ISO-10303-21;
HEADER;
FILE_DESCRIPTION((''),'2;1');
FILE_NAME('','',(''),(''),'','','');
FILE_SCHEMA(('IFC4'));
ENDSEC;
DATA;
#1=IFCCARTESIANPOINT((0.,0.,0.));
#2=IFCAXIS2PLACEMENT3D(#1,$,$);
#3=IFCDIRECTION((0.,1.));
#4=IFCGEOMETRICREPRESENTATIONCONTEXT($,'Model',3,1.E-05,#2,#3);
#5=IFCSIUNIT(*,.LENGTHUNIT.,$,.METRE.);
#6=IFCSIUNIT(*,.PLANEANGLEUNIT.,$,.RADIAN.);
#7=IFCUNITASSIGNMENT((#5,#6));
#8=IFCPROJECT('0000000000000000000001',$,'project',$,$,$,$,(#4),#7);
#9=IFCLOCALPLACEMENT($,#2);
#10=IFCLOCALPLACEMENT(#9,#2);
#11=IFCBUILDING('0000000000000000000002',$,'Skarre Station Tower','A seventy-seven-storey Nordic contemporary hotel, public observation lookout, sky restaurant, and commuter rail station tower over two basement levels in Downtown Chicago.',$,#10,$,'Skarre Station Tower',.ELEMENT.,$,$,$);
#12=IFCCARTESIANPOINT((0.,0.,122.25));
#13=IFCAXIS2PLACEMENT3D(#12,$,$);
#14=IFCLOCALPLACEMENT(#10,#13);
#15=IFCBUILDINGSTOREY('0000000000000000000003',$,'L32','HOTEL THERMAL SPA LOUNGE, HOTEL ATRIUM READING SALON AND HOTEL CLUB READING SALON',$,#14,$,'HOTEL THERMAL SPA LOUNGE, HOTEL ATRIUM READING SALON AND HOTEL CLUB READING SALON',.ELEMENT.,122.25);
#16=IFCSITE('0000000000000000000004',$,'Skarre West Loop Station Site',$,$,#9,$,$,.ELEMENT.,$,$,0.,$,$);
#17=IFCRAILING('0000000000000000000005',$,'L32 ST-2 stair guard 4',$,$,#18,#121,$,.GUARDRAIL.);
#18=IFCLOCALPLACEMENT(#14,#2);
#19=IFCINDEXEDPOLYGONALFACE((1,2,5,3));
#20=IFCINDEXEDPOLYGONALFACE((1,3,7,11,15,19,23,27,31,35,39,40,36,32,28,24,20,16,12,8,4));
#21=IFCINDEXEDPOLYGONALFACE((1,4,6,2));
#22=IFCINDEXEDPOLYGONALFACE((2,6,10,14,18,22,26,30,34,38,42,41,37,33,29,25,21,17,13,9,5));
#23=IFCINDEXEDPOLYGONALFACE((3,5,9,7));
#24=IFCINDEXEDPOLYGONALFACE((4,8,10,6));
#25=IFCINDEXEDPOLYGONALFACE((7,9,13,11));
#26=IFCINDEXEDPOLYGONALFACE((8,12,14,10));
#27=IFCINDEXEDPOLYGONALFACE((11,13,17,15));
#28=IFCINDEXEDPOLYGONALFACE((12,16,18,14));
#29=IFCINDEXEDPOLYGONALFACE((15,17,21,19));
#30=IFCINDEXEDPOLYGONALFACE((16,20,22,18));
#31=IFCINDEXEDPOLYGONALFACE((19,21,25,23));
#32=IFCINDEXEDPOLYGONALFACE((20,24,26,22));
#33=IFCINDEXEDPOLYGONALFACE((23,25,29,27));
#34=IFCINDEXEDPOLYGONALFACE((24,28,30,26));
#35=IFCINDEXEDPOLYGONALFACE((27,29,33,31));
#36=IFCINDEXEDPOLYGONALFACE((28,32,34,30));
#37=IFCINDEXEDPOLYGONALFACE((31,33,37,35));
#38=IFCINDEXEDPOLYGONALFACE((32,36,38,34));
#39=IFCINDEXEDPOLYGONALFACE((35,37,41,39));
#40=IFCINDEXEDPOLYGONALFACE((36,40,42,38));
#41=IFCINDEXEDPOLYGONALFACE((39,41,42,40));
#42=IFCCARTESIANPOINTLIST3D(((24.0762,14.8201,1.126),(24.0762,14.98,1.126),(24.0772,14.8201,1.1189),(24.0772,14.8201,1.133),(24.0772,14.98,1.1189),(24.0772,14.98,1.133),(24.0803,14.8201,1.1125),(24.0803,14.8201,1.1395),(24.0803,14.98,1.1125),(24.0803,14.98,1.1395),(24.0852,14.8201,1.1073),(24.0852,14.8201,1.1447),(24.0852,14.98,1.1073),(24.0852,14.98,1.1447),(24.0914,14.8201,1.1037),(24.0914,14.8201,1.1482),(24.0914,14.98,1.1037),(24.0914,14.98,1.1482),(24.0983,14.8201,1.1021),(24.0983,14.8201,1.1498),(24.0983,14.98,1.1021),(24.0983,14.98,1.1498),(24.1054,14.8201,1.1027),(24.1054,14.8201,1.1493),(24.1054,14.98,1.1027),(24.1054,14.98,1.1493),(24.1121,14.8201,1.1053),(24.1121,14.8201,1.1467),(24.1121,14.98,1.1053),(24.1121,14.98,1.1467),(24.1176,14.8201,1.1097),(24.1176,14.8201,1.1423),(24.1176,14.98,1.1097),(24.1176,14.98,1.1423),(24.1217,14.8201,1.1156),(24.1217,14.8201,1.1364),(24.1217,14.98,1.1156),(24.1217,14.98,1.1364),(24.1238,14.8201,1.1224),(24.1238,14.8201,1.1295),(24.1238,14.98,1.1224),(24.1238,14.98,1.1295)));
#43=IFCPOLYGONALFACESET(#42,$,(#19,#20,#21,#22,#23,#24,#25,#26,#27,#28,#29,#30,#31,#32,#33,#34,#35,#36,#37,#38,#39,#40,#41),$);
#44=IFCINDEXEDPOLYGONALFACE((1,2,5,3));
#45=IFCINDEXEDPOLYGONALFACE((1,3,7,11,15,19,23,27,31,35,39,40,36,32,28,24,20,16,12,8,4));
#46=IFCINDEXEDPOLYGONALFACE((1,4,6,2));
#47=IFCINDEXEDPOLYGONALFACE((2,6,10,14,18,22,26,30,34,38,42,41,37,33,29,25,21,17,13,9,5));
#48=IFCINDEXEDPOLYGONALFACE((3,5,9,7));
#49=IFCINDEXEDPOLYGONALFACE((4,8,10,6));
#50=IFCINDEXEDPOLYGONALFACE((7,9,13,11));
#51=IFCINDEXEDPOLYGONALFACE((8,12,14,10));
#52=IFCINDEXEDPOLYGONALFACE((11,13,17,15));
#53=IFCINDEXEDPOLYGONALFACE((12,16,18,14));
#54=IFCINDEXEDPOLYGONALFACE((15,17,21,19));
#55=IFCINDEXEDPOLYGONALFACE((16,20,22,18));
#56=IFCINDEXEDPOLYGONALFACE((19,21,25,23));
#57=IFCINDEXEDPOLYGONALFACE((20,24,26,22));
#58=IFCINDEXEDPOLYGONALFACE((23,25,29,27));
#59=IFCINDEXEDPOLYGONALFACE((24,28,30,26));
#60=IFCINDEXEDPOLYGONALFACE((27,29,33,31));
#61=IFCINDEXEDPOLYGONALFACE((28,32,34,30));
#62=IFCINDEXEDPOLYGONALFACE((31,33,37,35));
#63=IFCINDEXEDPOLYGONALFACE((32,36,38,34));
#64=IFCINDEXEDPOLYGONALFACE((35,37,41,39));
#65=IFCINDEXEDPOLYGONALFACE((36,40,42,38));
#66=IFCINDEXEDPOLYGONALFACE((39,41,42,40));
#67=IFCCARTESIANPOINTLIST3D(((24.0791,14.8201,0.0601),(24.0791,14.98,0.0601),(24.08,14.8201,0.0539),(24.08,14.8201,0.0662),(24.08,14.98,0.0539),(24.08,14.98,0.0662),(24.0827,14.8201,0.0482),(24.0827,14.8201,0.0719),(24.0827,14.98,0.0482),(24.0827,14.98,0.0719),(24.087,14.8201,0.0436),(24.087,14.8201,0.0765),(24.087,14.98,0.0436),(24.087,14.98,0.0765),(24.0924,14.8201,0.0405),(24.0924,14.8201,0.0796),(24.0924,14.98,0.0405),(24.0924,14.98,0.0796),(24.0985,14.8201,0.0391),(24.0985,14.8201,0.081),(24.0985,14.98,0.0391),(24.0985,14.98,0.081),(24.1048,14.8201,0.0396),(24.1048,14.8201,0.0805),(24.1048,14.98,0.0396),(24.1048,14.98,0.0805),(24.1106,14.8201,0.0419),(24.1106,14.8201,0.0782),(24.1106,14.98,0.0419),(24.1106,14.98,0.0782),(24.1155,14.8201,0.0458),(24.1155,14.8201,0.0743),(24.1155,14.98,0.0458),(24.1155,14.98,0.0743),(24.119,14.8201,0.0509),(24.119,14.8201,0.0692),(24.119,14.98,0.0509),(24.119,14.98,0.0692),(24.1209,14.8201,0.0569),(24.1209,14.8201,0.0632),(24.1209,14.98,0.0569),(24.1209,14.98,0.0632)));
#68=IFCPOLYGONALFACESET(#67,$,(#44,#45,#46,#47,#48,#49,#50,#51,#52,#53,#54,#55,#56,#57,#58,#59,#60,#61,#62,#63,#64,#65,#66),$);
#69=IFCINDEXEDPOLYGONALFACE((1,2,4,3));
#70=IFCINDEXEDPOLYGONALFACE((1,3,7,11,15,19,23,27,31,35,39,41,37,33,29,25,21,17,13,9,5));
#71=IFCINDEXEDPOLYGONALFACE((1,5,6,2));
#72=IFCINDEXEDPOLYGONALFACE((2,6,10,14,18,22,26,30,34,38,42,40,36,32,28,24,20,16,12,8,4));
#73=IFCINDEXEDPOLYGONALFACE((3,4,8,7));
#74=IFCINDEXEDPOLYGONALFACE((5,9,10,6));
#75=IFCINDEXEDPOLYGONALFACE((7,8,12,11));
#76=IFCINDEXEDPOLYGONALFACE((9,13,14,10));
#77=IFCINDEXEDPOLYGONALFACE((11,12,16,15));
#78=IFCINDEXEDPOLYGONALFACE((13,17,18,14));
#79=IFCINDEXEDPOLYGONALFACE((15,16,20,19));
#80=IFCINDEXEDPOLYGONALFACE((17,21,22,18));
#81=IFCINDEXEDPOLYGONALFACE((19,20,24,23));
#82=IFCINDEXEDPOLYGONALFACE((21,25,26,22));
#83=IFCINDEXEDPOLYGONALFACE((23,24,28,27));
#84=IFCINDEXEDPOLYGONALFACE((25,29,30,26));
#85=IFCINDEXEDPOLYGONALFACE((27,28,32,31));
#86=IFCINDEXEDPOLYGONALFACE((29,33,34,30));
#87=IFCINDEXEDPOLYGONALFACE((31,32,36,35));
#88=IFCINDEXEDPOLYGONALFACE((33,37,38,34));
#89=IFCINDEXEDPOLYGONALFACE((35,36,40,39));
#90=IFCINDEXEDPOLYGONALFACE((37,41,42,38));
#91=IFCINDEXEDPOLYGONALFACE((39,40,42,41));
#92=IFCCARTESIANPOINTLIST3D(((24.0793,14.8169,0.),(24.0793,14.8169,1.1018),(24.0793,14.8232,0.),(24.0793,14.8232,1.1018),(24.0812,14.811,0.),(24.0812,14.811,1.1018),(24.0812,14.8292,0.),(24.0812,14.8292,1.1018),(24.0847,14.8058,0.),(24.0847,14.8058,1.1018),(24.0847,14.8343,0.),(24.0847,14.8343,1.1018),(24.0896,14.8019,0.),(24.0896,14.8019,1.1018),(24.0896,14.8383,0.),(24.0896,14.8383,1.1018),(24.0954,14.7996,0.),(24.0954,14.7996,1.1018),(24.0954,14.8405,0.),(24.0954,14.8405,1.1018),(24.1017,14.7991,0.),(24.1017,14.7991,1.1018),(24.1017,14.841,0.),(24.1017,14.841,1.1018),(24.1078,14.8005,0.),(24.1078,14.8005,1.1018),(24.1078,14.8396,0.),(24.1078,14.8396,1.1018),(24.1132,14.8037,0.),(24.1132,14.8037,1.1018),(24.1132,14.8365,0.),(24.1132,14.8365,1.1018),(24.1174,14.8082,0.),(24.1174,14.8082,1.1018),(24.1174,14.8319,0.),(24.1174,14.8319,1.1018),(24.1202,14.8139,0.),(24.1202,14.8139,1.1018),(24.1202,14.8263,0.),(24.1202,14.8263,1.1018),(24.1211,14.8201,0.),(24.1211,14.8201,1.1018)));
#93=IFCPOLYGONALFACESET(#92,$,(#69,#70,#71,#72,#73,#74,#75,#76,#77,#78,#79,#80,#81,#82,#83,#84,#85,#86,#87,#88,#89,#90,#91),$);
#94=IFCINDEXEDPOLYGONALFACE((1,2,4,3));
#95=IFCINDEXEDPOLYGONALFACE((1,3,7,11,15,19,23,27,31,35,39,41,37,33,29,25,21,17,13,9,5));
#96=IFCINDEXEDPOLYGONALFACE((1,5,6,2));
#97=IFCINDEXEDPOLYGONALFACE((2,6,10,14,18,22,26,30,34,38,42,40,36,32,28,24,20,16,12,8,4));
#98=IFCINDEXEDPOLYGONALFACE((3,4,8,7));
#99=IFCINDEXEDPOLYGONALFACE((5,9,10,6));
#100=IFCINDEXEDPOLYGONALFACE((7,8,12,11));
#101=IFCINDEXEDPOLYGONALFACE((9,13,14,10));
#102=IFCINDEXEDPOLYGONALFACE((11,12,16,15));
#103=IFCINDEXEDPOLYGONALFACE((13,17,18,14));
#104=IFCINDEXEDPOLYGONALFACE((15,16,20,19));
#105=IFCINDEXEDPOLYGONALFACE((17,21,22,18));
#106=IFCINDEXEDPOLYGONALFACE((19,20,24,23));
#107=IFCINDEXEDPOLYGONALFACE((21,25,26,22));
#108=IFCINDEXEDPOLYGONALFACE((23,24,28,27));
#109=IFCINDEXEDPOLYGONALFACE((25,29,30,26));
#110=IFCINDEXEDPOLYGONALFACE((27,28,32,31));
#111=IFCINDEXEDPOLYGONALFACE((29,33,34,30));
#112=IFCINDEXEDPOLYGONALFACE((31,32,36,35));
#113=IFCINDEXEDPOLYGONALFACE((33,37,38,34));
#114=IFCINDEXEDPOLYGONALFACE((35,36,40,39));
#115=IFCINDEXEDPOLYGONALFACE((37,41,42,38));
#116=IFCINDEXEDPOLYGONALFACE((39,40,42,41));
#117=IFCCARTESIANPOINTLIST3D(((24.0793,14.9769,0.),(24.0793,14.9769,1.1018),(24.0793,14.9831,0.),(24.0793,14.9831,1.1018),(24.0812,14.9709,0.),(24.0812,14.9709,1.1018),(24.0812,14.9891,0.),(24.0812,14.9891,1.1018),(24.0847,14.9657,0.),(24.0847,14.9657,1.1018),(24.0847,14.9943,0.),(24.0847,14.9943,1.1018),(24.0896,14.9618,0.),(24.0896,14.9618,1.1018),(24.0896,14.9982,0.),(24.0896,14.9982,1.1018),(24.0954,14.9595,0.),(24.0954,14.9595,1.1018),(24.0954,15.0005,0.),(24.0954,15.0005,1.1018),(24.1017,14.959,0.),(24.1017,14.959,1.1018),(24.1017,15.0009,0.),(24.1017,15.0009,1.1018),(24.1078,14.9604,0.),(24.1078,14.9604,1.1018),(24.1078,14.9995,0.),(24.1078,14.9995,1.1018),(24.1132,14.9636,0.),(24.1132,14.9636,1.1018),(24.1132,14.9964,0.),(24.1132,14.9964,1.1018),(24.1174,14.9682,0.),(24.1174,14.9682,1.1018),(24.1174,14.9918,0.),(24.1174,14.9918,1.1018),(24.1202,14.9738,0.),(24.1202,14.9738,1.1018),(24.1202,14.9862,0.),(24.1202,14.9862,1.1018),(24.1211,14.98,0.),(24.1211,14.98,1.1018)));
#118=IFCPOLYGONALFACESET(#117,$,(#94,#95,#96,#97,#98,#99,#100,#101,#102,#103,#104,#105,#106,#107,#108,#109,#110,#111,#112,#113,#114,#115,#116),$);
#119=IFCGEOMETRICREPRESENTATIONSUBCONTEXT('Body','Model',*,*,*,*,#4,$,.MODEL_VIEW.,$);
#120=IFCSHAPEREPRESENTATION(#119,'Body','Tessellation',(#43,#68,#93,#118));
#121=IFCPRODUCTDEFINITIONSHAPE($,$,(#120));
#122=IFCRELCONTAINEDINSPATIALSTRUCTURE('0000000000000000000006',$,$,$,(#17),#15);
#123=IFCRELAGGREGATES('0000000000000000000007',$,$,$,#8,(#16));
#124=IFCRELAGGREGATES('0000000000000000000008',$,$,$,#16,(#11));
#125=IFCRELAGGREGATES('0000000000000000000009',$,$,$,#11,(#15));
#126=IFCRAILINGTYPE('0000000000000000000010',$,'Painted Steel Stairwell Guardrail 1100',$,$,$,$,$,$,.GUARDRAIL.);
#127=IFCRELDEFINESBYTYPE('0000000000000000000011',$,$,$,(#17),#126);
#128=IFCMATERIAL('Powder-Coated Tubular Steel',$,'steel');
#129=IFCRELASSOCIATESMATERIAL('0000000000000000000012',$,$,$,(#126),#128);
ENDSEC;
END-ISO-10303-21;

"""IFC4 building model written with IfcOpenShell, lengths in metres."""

from ifc_helpers import new_model, si_unit, direction, frame, origin, origin_2d, place, context, subcontext, project, spatial, circle, extrude, material, type_object, element, save


model = new_model("IFC4")

# Units and contexts
model_context = context("Model", 3, precision=1e-05, world=origin(), true_north=direction((0.0, 1.0)))
body_context = subcontext(model_context, "Body", "Model", "MODEL_VIEW")
ifc_project = project(units=[si_unit("LENGTHUNIT", "METRE"), si_unit("PLANEANGLEUNIT", "RADIAN")], contexts=[model_context])

# Site, building, storey
site_placement = place(None, origin())
site = spatial("IfcSite", under=ifc_project, at=site_placement, Name="Skarre West Loop Station Site", CompositionType="ELEMENT", RefElevation=0.0)
building_placement = place(site_placement, origin())
building = spatial("IfcBuilding", under=site, at=building_placement, Name="Skarre Station Tower", Description="A seventy-seven-storey Nordic contemporary hotel, public observation lookout, sky restaurant, and commuter rail station tower over two basement levels in Downtown Chicago.", LongName="Skarre Station Tower", CompositionType="ELEMENT")
storey_placement = place(building_placement, frame((0.0, 0.0, 122.25)))
storey = spatial("IfcBuildingStorey", under=building, at=storey_placement, Name="L32", Description="HOTEL THERMAL SPA LOUNGE, HOTEL ATRIUM READING SALON AND HOTEL CLUB READING SALON", LongName="HOTEL THERMAL SPA LOUNGE, HOTEL ATRIUM READING SALON AND HOTEL CLUB READING SALON", CompositionType="ELEMENT", Elevation=122.25)

# Railing
ifc_material_1 = material(Name="Powder-Coated Tubular Steel", Category="steel")
railing_type_1 = type_object("IfcRailingType", Name="Painted Steel Stairwell Guardrail 1100", PredefinedType="GUARDRAIL", material=ifc_material_1)
railing_1_placement = place(storey_placement, frame((24.1001, 14.8201, 0.0)))
element("IfcRailing", 1, at=railing_1_placement, inside=storey, type_object=railing_type_1, Name="L32 ST-2 stair guard 4", PredefinedType="GUARDRAIL", context=body_context, shape_type="SweptSolid", body=[
    extrude(circle(Radius=0.0239, at=origin_2d()), frame((0.0, 0.0, 1.126), z_axis=(0.0, 1.0, 0.0), x_axis=(-1.0, 0.0, 0.0)), (0.0, 0.0, 1.0), 0.1599),
    extrude(circle(Radius=0.021, at=origin_2d()), frame((0.0, 0.0, 0.0601), z_axis=(0.0, 1.0, 0.0), x_axis=(-1.0, 0.0, 0.0)), (0.0, 0.0, 1.0), 0.1599),
    extrude(circle(Radius=0.021, at=origin_2d()), origin(), (0.0, 0.0, 1.0), 1.1018),
    extrude(circle(Radius=0.021, at=origin_2d()), frame((0.0, 0.1599, 0.0)), (0.0, 0.0, 1.0), 1.1018),
])

save(model, "model.ifc")
